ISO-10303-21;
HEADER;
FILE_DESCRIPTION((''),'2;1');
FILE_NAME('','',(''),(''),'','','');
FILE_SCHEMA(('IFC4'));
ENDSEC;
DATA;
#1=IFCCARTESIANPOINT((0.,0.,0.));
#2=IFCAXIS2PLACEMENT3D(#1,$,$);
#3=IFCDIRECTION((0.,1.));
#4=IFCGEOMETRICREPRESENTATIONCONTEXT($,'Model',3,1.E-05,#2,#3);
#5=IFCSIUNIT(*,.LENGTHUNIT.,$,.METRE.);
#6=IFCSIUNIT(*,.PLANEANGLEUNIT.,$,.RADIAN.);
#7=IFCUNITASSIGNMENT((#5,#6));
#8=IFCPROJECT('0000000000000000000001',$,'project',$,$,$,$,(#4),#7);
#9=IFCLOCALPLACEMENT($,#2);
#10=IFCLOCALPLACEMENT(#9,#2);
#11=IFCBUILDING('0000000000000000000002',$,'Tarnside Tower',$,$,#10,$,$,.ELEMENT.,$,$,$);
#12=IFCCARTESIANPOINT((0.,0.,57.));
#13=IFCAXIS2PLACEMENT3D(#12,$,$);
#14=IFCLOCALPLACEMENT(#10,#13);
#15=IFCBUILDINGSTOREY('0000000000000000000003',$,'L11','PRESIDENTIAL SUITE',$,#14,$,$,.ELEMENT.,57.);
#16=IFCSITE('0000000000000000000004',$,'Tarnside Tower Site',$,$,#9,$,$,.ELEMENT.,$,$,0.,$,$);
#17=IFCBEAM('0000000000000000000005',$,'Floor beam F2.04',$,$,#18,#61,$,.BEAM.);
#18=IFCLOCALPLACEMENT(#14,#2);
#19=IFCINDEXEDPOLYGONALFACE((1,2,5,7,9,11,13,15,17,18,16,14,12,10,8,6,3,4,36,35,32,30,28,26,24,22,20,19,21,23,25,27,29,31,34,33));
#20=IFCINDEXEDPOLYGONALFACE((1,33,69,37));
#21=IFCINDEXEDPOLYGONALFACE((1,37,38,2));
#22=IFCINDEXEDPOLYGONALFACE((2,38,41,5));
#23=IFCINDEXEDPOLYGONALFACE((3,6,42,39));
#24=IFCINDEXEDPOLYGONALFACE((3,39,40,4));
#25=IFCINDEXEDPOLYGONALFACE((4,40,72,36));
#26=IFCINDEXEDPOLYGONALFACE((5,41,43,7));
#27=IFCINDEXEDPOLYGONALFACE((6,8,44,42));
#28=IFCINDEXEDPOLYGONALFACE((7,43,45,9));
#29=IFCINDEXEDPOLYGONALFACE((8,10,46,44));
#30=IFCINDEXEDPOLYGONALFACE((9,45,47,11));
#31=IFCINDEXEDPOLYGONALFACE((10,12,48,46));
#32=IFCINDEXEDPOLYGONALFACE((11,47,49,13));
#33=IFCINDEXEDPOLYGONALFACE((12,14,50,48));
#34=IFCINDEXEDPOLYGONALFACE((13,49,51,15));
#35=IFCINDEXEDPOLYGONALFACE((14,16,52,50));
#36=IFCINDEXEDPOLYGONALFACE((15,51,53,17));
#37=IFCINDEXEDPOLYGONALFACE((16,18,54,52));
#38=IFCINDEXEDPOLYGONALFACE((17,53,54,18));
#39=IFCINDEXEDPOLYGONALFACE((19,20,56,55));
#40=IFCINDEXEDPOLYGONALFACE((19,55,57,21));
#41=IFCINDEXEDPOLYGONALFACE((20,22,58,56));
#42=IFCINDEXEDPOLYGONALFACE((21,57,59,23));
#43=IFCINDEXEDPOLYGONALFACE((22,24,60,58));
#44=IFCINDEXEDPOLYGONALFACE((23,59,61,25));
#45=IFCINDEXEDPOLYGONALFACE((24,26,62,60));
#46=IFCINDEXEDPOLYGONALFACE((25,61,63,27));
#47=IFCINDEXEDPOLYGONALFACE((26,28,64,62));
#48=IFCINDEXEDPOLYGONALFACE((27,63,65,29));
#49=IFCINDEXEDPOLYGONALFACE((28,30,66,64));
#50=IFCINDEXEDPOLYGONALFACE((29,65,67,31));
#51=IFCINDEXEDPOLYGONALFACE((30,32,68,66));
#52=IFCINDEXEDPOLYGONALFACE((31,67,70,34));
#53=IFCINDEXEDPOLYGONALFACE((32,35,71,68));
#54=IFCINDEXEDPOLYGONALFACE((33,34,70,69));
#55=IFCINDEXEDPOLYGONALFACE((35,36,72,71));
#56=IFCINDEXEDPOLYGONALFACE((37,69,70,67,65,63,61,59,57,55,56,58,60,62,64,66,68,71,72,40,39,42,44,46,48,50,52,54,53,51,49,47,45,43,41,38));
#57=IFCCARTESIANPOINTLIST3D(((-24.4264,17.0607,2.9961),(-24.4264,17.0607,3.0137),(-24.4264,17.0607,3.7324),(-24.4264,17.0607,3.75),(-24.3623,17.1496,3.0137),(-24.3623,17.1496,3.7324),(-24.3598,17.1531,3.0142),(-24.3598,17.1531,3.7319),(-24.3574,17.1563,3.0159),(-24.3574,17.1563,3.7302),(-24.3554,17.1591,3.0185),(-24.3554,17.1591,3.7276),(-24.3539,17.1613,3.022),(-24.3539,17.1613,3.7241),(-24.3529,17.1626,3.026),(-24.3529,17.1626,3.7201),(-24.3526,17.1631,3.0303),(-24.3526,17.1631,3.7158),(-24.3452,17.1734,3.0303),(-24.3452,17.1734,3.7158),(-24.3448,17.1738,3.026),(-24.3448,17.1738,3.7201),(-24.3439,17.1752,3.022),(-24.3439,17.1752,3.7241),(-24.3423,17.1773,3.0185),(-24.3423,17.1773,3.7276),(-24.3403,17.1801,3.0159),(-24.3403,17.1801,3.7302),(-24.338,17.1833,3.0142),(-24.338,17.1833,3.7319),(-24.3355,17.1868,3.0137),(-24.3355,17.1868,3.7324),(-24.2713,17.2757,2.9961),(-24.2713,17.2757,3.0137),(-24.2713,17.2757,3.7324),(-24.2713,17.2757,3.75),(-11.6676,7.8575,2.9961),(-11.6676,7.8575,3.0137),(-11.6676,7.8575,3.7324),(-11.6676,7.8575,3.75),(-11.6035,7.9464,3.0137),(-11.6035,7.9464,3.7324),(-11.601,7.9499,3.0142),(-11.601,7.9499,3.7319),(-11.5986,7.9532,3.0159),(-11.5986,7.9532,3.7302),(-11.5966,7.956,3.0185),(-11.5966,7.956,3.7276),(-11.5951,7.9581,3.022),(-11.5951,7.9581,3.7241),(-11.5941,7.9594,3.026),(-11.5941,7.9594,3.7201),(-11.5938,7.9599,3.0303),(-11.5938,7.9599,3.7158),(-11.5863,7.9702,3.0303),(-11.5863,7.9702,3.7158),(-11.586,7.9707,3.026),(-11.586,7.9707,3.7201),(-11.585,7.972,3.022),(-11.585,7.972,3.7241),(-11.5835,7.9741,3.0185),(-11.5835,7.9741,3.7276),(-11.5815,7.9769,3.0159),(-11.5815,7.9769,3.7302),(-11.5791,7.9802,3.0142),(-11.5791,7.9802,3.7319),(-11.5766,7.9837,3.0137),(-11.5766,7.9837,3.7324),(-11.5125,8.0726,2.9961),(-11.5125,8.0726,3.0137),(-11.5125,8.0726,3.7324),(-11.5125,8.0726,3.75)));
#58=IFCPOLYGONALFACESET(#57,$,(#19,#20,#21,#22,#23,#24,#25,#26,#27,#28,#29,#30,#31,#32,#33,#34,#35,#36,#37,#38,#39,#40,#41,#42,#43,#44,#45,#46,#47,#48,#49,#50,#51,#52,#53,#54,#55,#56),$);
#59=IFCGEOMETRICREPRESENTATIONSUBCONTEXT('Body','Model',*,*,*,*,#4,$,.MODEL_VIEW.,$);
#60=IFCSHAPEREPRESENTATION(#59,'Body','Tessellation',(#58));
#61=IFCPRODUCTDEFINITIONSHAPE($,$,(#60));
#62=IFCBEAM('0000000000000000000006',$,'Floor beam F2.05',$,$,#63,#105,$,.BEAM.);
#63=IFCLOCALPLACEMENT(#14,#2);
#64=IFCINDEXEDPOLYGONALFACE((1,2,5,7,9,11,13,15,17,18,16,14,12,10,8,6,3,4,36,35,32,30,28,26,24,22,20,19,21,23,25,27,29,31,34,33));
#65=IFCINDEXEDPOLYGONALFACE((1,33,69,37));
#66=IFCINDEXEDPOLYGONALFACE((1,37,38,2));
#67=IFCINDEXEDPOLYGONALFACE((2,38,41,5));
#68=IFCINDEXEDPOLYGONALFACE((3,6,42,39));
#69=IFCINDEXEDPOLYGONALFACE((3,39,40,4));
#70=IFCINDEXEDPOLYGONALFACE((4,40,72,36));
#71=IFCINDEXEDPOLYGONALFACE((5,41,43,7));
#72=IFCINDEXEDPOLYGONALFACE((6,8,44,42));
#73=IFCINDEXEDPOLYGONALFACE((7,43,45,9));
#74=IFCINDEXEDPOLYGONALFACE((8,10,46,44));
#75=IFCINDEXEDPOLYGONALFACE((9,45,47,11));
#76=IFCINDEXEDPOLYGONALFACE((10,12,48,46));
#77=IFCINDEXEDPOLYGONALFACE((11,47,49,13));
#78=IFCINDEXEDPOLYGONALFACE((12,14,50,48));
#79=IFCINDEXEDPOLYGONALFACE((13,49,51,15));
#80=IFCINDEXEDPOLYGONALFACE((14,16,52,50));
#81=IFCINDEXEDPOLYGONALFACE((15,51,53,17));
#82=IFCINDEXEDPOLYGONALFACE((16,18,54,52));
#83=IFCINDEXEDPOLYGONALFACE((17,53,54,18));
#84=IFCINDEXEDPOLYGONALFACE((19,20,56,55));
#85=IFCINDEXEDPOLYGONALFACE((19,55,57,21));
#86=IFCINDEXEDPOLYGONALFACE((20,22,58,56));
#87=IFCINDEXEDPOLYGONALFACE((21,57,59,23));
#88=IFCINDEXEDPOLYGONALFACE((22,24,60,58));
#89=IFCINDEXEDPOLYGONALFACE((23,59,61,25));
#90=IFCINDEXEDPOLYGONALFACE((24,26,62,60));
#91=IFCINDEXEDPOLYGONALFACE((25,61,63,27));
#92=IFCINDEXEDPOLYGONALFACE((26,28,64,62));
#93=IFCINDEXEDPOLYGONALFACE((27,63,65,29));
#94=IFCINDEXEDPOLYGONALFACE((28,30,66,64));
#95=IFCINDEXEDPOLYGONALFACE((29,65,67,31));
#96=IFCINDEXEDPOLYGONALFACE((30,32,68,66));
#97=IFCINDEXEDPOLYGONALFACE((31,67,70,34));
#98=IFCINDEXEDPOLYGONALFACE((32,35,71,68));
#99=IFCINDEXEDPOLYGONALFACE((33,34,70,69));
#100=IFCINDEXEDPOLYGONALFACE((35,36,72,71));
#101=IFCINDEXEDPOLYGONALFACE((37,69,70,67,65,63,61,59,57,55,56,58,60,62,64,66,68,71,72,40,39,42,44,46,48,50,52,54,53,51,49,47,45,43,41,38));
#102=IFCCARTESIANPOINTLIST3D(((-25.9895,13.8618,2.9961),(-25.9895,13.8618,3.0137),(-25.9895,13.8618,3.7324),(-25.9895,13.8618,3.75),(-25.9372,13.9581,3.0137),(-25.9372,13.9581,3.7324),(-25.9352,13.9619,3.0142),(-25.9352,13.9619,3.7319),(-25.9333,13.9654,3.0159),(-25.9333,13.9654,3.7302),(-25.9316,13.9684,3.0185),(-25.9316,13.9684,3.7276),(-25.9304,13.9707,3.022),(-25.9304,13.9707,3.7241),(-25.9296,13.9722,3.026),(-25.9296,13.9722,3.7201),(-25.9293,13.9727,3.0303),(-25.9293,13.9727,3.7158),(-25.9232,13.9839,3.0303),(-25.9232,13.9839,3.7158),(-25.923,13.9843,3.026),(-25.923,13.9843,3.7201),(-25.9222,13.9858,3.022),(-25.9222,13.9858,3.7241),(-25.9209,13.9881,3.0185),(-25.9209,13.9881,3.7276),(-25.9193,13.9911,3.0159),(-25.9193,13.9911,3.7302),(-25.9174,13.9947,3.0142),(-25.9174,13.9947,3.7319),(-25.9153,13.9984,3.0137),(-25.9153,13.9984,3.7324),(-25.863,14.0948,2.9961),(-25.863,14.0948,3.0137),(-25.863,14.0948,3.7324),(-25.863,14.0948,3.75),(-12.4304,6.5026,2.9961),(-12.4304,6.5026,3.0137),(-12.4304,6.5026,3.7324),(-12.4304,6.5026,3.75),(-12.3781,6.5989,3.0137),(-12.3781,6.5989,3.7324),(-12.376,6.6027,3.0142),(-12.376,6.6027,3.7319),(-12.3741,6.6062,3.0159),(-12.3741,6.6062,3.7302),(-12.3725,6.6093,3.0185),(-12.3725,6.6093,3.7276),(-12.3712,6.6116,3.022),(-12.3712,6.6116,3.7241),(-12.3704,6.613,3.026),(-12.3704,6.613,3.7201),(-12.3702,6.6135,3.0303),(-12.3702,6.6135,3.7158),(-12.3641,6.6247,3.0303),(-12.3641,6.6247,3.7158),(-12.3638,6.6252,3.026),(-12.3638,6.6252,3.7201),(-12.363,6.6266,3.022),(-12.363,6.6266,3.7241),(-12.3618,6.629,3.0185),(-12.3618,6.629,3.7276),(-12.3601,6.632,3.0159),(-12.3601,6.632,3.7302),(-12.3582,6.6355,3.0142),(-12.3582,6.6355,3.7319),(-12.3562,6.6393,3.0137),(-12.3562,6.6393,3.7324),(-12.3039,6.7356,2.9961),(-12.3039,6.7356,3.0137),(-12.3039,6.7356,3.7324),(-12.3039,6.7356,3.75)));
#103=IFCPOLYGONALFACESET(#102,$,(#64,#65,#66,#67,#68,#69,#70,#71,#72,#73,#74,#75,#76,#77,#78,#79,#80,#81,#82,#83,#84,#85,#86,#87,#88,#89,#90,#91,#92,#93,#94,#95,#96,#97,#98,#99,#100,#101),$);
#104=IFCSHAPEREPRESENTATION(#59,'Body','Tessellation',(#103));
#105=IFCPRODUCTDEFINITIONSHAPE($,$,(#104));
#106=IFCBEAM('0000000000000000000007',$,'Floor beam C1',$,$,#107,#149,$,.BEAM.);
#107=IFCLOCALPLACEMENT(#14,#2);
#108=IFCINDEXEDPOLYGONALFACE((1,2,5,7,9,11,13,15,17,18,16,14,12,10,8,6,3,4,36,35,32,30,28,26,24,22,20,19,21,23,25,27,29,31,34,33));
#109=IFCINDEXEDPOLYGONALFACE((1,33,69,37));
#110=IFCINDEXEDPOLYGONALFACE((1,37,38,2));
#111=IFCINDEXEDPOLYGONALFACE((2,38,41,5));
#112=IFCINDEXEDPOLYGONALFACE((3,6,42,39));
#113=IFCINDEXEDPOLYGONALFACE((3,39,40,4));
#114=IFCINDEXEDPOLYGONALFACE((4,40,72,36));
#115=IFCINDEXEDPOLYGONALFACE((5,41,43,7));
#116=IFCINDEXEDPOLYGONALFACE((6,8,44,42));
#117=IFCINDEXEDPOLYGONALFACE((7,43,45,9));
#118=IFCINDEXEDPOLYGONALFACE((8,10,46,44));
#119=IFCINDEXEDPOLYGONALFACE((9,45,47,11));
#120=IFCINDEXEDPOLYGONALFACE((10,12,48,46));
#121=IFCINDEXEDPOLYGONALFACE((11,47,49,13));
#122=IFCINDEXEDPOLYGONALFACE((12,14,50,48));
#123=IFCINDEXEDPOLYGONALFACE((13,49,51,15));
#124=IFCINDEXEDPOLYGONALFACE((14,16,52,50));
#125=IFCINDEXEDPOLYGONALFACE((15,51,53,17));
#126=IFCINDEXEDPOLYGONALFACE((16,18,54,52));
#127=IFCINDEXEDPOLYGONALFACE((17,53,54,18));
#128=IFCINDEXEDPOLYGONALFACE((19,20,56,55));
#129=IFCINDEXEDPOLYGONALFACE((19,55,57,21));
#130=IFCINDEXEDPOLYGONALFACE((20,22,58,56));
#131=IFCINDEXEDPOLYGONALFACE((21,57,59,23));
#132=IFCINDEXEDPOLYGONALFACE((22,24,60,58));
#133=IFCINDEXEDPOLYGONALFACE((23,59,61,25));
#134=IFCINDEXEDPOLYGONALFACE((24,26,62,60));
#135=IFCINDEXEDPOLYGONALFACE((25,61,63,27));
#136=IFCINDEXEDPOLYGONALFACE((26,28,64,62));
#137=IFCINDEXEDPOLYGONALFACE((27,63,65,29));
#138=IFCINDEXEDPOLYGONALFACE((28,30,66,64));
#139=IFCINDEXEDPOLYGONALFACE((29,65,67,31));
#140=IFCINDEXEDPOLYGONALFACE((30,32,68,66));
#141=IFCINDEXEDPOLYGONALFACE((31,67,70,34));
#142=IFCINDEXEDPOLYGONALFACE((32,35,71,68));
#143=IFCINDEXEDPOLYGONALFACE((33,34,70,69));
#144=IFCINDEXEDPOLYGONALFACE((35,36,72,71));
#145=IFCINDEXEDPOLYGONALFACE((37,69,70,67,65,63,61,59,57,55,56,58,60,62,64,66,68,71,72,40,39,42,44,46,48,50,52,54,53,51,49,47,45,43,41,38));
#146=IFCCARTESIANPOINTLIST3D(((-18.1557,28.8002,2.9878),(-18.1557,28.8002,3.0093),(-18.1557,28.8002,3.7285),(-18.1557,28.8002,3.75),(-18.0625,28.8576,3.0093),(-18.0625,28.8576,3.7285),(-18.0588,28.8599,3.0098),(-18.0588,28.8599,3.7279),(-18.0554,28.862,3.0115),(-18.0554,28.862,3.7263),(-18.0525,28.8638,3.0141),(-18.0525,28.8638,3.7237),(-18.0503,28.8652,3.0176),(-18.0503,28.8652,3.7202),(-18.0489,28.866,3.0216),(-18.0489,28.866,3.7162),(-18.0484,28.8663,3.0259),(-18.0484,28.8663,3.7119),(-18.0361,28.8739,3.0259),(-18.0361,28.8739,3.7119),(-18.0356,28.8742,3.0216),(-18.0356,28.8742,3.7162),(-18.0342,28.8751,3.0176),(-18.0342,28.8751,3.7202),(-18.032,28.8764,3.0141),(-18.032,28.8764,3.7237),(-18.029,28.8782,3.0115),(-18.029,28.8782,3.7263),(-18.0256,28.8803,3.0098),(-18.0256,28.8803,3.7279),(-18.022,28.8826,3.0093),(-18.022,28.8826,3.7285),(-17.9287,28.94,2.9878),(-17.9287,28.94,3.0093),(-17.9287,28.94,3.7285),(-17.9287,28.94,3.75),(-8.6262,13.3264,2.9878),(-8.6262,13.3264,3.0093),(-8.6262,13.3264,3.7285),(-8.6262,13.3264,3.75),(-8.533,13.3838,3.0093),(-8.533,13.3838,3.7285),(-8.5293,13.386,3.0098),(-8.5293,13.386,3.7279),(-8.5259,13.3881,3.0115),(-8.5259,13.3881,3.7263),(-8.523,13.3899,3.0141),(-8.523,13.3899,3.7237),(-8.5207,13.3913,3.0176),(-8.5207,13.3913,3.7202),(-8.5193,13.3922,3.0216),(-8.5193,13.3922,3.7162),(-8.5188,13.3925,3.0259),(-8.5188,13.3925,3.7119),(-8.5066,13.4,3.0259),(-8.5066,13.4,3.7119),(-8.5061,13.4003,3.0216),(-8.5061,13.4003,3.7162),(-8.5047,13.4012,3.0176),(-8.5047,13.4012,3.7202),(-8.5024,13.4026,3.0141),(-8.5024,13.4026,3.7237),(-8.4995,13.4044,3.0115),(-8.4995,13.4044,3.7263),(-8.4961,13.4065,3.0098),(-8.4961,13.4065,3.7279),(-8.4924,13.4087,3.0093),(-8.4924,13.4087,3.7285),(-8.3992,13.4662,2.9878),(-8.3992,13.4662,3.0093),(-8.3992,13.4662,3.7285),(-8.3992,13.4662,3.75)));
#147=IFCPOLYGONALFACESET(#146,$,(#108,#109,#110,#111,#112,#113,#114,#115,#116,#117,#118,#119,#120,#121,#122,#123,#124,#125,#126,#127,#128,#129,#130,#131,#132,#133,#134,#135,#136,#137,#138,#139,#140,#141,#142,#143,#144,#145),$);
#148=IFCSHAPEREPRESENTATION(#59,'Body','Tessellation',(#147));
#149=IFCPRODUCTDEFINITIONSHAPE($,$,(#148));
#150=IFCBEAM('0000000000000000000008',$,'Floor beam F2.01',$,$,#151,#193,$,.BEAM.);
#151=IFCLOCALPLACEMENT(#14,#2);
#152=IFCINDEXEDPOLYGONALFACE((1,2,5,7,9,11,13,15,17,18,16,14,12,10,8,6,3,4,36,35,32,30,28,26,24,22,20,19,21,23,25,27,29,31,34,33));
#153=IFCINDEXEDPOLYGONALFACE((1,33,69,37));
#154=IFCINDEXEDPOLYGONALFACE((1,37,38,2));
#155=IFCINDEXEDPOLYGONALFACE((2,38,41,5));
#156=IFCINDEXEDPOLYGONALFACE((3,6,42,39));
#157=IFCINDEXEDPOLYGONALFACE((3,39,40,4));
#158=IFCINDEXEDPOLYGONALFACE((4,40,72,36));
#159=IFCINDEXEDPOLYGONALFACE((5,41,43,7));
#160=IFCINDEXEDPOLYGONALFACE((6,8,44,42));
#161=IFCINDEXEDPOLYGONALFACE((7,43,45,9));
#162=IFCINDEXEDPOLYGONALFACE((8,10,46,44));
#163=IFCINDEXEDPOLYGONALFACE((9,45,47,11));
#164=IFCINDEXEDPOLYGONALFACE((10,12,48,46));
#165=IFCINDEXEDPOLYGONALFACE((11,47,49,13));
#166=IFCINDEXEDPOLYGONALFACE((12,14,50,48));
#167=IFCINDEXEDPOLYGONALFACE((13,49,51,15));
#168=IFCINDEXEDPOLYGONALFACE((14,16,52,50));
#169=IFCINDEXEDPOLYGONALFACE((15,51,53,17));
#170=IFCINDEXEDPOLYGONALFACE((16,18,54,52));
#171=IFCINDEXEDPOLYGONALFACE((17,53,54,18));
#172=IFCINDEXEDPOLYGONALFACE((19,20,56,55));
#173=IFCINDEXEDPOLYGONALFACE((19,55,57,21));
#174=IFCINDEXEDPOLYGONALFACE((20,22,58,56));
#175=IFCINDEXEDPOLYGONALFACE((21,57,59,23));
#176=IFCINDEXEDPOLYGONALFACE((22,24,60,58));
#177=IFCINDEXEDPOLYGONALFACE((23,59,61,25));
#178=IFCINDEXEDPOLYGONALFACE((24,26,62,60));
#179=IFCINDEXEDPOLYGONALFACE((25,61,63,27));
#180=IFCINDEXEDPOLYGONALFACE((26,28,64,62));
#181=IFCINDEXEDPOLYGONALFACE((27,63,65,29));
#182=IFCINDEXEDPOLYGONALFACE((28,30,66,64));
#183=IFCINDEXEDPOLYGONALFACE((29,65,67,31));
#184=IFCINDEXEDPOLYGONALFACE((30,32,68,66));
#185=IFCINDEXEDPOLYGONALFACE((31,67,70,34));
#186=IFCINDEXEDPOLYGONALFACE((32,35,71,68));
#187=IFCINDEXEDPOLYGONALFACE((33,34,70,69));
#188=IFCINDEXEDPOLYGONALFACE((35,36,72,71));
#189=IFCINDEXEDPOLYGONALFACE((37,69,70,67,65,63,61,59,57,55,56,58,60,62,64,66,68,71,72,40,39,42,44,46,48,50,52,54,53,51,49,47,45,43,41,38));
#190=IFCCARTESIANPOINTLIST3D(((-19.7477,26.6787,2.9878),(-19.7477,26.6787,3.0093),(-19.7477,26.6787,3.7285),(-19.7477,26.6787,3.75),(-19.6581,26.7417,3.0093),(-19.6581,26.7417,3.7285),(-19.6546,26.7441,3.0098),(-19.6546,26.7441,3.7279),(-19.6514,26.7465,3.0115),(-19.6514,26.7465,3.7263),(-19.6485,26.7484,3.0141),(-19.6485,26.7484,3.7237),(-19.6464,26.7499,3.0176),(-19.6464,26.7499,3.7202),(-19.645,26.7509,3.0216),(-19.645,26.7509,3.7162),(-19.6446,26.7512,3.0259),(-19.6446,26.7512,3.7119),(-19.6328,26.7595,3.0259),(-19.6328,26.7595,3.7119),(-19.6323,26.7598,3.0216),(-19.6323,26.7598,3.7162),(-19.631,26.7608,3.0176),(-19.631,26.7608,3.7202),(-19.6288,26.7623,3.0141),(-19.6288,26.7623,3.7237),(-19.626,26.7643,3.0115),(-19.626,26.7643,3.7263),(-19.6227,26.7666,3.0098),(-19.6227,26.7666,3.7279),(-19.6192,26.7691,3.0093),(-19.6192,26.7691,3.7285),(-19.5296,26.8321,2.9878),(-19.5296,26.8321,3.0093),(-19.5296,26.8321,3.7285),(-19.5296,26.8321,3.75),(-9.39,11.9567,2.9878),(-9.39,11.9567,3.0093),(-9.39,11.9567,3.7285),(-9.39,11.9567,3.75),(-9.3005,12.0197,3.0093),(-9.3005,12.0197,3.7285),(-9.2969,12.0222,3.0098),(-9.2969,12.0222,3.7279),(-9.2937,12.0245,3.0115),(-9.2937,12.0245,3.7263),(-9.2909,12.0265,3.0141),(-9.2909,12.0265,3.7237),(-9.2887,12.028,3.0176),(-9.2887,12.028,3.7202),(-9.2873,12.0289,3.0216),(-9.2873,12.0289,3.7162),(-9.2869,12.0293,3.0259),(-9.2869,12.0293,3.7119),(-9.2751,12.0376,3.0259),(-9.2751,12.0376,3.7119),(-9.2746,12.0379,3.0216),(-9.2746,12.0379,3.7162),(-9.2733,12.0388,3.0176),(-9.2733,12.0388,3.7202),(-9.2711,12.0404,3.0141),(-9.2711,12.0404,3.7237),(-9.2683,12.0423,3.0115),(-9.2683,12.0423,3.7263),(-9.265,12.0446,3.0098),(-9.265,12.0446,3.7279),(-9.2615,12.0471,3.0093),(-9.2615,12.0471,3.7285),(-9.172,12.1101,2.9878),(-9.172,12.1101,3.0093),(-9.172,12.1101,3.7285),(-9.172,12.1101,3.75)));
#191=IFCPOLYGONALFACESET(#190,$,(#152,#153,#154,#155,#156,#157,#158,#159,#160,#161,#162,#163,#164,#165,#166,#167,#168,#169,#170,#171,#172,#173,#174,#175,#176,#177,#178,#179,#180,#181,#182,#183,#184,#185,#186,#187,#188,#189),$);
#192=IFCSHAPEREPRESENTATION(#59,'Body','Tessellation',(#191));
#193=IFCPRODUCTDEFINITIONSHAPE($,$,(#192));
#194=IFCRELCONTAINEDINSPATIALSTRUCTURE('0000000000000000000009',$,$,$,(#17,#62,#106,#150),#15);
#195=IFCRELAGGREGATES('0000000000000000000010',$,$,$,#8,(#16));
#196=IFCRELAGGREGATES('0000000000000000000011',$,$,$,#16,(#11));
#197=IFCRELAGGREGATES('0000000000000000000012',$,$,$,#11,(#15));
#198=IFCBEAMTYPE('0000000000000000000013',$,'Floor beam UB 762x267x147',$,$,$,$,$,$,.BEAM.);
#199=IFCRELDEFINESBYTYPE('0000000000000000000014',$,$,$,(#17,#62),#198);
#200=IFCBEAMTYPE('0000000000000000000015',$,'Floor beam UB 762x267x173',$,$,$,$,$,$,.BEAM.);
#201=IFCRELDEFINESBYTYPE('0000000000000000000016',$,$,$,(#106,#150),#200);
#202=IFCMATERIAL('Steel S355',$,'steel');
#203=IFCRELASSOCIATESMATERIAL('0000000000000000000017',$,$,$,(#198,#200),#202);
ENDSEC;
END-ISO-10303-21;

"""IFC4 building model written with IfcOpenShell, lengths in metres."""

from ifc_helpers import new_model, si_unit, direction, frame, origin, origin_2d, place, context, subcontext, project, spatial, i_section, extrude, material, material_profile, profile_set, type_object, element, save


model = new_model("IFC4")

# Units and contexts
model_context = context("Model", 3, precision=1e-05, world=origin(), true_north=direction((0.0, 1.0)))
body_context = subcontext(model_context, "Body", "Model", "MODEL_VIEW")
ifc_project = project(units=[si_unit("LENGTHUNIT", "METRE"), si_unit("PLANEANGLEUNIT", "RADIAN")], contexts=[model_context])

# Site, building, storey
site_placement = place(None, origin())
site = spatial("IfcSite", under=ifc_project, at=site_placement, Name="Tarnside Tower Site", CompositionType="ELEMENT", RefElevation=0.0)
building_placement = place(site_placement, origin())
building = spatial("IfcBuilding", under=site, at=building_placement, Name="Tarnside Tower", CompositionType="ELEMENT")
storey_placement = place(building_placement, frame((0.0, 0.0, 57.0)))
storey = spatial("IfcBuildingStorey", under=building, at=storey_placement, Name="L11", Description="PRESIDENTIAL SUITE", CompositionType="ELEMENT", Elevation=57.0)

# Beams
ifc_material_1 = material(Name="Steel S355", Category="steel")
ifc_material_profile_1 = material_profile(ifc_material_1, i_section(OverallWidth=0.2651, OverallDepth=0.7539, WebThickness=0.0127, FlangeThickness=0.0176, FilletRadius=0.0166, at=origin_2d()), Name="UB 762x267x147")
ifc_profile_set_1 = profile_set([ifc_material_profile_1], Name="Steel S355")
beam_type_1 = type_object("IfcBeamType", Name="Floor beam UB 762x267x147", PredefinedType="BEAM", material=ifc_profile_set_1)
beam_1_placement = place(storey_placement, frame((-24.3489, 17.1682, 3.373), z_axis=(0.811028, -0.585008, 0.0), x_axis=(0.585008, 0.811028, 0.0)))
element("IfcBeam", 1, at=beam_1_placement, inside=storey, type_object=beam_type_1, Name="Floor beam F2.04", PredefinedType="BEAM", context=body_context, shape_type="SweptSolid", body=[
    extrude(i_section(OverallWidth=0.2651, OverallDepth=0.7539, WebThickness=0.0127, FlangeThickness=0.0176, FilletRadius=0.0166, at=origin_2d()), origin(), (0.0, 0.0, 1.0), 15.7317),
])
beam_2_placement = place(storey_placement, frame((-25.9263, 13.9783, 3.373), z_axis=(0.878895, -0.477016, 0.0), x_axis=(0.477016, 0.878895, 0.0)))
element("IfcBeam", 2, at=beam_2_placement, inside=storey, type_object=beam_type_1, Name="Floor beam F2.05", PredefinedType="BEAM", context=body_context, shape_type="SweptSolid", body=[
    extrude(i_section(OverallWidth=0.2651, OverallDepth=0.7539, WebThickness=0.0127, FlangeThickness=0.0176, FilletRadius=0.0166, at=origin_2d()), origin(), (0.0, 0.0, 1.0), 15.4275),
])
ifc_material_profile_2 = material_profile(ifc_material_1, i_section(OverallWidth=0.2666, OverallDepth=0.7622, WebThickness=0.0144, FlangeThickness=0.0215, FilletRadius=0.0166, at=origin_2d()), Name="UB 762x267x173")
ifc_profile_set_2 = profile_set([ifc_material_profile_2], Name="Steel S355")
beam_type_2 = type_object("IfcBeamType", Name="Floor beam UB 762x267x173", PredefinedType="BEAM", material=ifc_profile_set_2)
beam_3_placement = place(storey_placement, frame((-18.0422, 28.8701, 3.3689), z_axis=(0.524383, -0.851483, 0.0), x_axis=(0.851483, 0.524383, 0.0)))
element("IfcBeam", 3, at=beam_3_placement, inside=storey, type_object=beam_type_2, Name="Floor beam C1", PredefinedType="BEAM", context=body_context, shape_type="SweptSolid", body=[
    extrude(i_section(OverallWidth=0.2666, OverallDepth=0.7622, WebThickness=0.0144, FlangeThickness=0.0215, FilletRadius=0.0166, at=origin_2d()), origin(), (0.0, 0.0, 1.0), 18.1729),
])
beam_4_placement = place(storey_placement, frame((-19.6387, 26.7554, 3.3689), z_axis=(0.575411, -0.817864, 0.0), x_axis=(0.817864, 0.575411, 0.0)))
element("IfcBeam", 4, at=beam_4_placement, inside=storey, type_object=beam_type_2, Name="Floor beam F2.01", PredefinedType="BEAM", context=body_context, shape_type="SweptSolid", body=[
    extrude(i_section(OverallWidth=0.2666, OverallDepth=0.7622, WebThickness=0.0144, FlangeThickness=0.0215, FilletRadius=0.0166, at=origin_2d()), origin(), (0.0, 0.0, 1.0), 18.0005),
])

save(model, "model.ifc")
